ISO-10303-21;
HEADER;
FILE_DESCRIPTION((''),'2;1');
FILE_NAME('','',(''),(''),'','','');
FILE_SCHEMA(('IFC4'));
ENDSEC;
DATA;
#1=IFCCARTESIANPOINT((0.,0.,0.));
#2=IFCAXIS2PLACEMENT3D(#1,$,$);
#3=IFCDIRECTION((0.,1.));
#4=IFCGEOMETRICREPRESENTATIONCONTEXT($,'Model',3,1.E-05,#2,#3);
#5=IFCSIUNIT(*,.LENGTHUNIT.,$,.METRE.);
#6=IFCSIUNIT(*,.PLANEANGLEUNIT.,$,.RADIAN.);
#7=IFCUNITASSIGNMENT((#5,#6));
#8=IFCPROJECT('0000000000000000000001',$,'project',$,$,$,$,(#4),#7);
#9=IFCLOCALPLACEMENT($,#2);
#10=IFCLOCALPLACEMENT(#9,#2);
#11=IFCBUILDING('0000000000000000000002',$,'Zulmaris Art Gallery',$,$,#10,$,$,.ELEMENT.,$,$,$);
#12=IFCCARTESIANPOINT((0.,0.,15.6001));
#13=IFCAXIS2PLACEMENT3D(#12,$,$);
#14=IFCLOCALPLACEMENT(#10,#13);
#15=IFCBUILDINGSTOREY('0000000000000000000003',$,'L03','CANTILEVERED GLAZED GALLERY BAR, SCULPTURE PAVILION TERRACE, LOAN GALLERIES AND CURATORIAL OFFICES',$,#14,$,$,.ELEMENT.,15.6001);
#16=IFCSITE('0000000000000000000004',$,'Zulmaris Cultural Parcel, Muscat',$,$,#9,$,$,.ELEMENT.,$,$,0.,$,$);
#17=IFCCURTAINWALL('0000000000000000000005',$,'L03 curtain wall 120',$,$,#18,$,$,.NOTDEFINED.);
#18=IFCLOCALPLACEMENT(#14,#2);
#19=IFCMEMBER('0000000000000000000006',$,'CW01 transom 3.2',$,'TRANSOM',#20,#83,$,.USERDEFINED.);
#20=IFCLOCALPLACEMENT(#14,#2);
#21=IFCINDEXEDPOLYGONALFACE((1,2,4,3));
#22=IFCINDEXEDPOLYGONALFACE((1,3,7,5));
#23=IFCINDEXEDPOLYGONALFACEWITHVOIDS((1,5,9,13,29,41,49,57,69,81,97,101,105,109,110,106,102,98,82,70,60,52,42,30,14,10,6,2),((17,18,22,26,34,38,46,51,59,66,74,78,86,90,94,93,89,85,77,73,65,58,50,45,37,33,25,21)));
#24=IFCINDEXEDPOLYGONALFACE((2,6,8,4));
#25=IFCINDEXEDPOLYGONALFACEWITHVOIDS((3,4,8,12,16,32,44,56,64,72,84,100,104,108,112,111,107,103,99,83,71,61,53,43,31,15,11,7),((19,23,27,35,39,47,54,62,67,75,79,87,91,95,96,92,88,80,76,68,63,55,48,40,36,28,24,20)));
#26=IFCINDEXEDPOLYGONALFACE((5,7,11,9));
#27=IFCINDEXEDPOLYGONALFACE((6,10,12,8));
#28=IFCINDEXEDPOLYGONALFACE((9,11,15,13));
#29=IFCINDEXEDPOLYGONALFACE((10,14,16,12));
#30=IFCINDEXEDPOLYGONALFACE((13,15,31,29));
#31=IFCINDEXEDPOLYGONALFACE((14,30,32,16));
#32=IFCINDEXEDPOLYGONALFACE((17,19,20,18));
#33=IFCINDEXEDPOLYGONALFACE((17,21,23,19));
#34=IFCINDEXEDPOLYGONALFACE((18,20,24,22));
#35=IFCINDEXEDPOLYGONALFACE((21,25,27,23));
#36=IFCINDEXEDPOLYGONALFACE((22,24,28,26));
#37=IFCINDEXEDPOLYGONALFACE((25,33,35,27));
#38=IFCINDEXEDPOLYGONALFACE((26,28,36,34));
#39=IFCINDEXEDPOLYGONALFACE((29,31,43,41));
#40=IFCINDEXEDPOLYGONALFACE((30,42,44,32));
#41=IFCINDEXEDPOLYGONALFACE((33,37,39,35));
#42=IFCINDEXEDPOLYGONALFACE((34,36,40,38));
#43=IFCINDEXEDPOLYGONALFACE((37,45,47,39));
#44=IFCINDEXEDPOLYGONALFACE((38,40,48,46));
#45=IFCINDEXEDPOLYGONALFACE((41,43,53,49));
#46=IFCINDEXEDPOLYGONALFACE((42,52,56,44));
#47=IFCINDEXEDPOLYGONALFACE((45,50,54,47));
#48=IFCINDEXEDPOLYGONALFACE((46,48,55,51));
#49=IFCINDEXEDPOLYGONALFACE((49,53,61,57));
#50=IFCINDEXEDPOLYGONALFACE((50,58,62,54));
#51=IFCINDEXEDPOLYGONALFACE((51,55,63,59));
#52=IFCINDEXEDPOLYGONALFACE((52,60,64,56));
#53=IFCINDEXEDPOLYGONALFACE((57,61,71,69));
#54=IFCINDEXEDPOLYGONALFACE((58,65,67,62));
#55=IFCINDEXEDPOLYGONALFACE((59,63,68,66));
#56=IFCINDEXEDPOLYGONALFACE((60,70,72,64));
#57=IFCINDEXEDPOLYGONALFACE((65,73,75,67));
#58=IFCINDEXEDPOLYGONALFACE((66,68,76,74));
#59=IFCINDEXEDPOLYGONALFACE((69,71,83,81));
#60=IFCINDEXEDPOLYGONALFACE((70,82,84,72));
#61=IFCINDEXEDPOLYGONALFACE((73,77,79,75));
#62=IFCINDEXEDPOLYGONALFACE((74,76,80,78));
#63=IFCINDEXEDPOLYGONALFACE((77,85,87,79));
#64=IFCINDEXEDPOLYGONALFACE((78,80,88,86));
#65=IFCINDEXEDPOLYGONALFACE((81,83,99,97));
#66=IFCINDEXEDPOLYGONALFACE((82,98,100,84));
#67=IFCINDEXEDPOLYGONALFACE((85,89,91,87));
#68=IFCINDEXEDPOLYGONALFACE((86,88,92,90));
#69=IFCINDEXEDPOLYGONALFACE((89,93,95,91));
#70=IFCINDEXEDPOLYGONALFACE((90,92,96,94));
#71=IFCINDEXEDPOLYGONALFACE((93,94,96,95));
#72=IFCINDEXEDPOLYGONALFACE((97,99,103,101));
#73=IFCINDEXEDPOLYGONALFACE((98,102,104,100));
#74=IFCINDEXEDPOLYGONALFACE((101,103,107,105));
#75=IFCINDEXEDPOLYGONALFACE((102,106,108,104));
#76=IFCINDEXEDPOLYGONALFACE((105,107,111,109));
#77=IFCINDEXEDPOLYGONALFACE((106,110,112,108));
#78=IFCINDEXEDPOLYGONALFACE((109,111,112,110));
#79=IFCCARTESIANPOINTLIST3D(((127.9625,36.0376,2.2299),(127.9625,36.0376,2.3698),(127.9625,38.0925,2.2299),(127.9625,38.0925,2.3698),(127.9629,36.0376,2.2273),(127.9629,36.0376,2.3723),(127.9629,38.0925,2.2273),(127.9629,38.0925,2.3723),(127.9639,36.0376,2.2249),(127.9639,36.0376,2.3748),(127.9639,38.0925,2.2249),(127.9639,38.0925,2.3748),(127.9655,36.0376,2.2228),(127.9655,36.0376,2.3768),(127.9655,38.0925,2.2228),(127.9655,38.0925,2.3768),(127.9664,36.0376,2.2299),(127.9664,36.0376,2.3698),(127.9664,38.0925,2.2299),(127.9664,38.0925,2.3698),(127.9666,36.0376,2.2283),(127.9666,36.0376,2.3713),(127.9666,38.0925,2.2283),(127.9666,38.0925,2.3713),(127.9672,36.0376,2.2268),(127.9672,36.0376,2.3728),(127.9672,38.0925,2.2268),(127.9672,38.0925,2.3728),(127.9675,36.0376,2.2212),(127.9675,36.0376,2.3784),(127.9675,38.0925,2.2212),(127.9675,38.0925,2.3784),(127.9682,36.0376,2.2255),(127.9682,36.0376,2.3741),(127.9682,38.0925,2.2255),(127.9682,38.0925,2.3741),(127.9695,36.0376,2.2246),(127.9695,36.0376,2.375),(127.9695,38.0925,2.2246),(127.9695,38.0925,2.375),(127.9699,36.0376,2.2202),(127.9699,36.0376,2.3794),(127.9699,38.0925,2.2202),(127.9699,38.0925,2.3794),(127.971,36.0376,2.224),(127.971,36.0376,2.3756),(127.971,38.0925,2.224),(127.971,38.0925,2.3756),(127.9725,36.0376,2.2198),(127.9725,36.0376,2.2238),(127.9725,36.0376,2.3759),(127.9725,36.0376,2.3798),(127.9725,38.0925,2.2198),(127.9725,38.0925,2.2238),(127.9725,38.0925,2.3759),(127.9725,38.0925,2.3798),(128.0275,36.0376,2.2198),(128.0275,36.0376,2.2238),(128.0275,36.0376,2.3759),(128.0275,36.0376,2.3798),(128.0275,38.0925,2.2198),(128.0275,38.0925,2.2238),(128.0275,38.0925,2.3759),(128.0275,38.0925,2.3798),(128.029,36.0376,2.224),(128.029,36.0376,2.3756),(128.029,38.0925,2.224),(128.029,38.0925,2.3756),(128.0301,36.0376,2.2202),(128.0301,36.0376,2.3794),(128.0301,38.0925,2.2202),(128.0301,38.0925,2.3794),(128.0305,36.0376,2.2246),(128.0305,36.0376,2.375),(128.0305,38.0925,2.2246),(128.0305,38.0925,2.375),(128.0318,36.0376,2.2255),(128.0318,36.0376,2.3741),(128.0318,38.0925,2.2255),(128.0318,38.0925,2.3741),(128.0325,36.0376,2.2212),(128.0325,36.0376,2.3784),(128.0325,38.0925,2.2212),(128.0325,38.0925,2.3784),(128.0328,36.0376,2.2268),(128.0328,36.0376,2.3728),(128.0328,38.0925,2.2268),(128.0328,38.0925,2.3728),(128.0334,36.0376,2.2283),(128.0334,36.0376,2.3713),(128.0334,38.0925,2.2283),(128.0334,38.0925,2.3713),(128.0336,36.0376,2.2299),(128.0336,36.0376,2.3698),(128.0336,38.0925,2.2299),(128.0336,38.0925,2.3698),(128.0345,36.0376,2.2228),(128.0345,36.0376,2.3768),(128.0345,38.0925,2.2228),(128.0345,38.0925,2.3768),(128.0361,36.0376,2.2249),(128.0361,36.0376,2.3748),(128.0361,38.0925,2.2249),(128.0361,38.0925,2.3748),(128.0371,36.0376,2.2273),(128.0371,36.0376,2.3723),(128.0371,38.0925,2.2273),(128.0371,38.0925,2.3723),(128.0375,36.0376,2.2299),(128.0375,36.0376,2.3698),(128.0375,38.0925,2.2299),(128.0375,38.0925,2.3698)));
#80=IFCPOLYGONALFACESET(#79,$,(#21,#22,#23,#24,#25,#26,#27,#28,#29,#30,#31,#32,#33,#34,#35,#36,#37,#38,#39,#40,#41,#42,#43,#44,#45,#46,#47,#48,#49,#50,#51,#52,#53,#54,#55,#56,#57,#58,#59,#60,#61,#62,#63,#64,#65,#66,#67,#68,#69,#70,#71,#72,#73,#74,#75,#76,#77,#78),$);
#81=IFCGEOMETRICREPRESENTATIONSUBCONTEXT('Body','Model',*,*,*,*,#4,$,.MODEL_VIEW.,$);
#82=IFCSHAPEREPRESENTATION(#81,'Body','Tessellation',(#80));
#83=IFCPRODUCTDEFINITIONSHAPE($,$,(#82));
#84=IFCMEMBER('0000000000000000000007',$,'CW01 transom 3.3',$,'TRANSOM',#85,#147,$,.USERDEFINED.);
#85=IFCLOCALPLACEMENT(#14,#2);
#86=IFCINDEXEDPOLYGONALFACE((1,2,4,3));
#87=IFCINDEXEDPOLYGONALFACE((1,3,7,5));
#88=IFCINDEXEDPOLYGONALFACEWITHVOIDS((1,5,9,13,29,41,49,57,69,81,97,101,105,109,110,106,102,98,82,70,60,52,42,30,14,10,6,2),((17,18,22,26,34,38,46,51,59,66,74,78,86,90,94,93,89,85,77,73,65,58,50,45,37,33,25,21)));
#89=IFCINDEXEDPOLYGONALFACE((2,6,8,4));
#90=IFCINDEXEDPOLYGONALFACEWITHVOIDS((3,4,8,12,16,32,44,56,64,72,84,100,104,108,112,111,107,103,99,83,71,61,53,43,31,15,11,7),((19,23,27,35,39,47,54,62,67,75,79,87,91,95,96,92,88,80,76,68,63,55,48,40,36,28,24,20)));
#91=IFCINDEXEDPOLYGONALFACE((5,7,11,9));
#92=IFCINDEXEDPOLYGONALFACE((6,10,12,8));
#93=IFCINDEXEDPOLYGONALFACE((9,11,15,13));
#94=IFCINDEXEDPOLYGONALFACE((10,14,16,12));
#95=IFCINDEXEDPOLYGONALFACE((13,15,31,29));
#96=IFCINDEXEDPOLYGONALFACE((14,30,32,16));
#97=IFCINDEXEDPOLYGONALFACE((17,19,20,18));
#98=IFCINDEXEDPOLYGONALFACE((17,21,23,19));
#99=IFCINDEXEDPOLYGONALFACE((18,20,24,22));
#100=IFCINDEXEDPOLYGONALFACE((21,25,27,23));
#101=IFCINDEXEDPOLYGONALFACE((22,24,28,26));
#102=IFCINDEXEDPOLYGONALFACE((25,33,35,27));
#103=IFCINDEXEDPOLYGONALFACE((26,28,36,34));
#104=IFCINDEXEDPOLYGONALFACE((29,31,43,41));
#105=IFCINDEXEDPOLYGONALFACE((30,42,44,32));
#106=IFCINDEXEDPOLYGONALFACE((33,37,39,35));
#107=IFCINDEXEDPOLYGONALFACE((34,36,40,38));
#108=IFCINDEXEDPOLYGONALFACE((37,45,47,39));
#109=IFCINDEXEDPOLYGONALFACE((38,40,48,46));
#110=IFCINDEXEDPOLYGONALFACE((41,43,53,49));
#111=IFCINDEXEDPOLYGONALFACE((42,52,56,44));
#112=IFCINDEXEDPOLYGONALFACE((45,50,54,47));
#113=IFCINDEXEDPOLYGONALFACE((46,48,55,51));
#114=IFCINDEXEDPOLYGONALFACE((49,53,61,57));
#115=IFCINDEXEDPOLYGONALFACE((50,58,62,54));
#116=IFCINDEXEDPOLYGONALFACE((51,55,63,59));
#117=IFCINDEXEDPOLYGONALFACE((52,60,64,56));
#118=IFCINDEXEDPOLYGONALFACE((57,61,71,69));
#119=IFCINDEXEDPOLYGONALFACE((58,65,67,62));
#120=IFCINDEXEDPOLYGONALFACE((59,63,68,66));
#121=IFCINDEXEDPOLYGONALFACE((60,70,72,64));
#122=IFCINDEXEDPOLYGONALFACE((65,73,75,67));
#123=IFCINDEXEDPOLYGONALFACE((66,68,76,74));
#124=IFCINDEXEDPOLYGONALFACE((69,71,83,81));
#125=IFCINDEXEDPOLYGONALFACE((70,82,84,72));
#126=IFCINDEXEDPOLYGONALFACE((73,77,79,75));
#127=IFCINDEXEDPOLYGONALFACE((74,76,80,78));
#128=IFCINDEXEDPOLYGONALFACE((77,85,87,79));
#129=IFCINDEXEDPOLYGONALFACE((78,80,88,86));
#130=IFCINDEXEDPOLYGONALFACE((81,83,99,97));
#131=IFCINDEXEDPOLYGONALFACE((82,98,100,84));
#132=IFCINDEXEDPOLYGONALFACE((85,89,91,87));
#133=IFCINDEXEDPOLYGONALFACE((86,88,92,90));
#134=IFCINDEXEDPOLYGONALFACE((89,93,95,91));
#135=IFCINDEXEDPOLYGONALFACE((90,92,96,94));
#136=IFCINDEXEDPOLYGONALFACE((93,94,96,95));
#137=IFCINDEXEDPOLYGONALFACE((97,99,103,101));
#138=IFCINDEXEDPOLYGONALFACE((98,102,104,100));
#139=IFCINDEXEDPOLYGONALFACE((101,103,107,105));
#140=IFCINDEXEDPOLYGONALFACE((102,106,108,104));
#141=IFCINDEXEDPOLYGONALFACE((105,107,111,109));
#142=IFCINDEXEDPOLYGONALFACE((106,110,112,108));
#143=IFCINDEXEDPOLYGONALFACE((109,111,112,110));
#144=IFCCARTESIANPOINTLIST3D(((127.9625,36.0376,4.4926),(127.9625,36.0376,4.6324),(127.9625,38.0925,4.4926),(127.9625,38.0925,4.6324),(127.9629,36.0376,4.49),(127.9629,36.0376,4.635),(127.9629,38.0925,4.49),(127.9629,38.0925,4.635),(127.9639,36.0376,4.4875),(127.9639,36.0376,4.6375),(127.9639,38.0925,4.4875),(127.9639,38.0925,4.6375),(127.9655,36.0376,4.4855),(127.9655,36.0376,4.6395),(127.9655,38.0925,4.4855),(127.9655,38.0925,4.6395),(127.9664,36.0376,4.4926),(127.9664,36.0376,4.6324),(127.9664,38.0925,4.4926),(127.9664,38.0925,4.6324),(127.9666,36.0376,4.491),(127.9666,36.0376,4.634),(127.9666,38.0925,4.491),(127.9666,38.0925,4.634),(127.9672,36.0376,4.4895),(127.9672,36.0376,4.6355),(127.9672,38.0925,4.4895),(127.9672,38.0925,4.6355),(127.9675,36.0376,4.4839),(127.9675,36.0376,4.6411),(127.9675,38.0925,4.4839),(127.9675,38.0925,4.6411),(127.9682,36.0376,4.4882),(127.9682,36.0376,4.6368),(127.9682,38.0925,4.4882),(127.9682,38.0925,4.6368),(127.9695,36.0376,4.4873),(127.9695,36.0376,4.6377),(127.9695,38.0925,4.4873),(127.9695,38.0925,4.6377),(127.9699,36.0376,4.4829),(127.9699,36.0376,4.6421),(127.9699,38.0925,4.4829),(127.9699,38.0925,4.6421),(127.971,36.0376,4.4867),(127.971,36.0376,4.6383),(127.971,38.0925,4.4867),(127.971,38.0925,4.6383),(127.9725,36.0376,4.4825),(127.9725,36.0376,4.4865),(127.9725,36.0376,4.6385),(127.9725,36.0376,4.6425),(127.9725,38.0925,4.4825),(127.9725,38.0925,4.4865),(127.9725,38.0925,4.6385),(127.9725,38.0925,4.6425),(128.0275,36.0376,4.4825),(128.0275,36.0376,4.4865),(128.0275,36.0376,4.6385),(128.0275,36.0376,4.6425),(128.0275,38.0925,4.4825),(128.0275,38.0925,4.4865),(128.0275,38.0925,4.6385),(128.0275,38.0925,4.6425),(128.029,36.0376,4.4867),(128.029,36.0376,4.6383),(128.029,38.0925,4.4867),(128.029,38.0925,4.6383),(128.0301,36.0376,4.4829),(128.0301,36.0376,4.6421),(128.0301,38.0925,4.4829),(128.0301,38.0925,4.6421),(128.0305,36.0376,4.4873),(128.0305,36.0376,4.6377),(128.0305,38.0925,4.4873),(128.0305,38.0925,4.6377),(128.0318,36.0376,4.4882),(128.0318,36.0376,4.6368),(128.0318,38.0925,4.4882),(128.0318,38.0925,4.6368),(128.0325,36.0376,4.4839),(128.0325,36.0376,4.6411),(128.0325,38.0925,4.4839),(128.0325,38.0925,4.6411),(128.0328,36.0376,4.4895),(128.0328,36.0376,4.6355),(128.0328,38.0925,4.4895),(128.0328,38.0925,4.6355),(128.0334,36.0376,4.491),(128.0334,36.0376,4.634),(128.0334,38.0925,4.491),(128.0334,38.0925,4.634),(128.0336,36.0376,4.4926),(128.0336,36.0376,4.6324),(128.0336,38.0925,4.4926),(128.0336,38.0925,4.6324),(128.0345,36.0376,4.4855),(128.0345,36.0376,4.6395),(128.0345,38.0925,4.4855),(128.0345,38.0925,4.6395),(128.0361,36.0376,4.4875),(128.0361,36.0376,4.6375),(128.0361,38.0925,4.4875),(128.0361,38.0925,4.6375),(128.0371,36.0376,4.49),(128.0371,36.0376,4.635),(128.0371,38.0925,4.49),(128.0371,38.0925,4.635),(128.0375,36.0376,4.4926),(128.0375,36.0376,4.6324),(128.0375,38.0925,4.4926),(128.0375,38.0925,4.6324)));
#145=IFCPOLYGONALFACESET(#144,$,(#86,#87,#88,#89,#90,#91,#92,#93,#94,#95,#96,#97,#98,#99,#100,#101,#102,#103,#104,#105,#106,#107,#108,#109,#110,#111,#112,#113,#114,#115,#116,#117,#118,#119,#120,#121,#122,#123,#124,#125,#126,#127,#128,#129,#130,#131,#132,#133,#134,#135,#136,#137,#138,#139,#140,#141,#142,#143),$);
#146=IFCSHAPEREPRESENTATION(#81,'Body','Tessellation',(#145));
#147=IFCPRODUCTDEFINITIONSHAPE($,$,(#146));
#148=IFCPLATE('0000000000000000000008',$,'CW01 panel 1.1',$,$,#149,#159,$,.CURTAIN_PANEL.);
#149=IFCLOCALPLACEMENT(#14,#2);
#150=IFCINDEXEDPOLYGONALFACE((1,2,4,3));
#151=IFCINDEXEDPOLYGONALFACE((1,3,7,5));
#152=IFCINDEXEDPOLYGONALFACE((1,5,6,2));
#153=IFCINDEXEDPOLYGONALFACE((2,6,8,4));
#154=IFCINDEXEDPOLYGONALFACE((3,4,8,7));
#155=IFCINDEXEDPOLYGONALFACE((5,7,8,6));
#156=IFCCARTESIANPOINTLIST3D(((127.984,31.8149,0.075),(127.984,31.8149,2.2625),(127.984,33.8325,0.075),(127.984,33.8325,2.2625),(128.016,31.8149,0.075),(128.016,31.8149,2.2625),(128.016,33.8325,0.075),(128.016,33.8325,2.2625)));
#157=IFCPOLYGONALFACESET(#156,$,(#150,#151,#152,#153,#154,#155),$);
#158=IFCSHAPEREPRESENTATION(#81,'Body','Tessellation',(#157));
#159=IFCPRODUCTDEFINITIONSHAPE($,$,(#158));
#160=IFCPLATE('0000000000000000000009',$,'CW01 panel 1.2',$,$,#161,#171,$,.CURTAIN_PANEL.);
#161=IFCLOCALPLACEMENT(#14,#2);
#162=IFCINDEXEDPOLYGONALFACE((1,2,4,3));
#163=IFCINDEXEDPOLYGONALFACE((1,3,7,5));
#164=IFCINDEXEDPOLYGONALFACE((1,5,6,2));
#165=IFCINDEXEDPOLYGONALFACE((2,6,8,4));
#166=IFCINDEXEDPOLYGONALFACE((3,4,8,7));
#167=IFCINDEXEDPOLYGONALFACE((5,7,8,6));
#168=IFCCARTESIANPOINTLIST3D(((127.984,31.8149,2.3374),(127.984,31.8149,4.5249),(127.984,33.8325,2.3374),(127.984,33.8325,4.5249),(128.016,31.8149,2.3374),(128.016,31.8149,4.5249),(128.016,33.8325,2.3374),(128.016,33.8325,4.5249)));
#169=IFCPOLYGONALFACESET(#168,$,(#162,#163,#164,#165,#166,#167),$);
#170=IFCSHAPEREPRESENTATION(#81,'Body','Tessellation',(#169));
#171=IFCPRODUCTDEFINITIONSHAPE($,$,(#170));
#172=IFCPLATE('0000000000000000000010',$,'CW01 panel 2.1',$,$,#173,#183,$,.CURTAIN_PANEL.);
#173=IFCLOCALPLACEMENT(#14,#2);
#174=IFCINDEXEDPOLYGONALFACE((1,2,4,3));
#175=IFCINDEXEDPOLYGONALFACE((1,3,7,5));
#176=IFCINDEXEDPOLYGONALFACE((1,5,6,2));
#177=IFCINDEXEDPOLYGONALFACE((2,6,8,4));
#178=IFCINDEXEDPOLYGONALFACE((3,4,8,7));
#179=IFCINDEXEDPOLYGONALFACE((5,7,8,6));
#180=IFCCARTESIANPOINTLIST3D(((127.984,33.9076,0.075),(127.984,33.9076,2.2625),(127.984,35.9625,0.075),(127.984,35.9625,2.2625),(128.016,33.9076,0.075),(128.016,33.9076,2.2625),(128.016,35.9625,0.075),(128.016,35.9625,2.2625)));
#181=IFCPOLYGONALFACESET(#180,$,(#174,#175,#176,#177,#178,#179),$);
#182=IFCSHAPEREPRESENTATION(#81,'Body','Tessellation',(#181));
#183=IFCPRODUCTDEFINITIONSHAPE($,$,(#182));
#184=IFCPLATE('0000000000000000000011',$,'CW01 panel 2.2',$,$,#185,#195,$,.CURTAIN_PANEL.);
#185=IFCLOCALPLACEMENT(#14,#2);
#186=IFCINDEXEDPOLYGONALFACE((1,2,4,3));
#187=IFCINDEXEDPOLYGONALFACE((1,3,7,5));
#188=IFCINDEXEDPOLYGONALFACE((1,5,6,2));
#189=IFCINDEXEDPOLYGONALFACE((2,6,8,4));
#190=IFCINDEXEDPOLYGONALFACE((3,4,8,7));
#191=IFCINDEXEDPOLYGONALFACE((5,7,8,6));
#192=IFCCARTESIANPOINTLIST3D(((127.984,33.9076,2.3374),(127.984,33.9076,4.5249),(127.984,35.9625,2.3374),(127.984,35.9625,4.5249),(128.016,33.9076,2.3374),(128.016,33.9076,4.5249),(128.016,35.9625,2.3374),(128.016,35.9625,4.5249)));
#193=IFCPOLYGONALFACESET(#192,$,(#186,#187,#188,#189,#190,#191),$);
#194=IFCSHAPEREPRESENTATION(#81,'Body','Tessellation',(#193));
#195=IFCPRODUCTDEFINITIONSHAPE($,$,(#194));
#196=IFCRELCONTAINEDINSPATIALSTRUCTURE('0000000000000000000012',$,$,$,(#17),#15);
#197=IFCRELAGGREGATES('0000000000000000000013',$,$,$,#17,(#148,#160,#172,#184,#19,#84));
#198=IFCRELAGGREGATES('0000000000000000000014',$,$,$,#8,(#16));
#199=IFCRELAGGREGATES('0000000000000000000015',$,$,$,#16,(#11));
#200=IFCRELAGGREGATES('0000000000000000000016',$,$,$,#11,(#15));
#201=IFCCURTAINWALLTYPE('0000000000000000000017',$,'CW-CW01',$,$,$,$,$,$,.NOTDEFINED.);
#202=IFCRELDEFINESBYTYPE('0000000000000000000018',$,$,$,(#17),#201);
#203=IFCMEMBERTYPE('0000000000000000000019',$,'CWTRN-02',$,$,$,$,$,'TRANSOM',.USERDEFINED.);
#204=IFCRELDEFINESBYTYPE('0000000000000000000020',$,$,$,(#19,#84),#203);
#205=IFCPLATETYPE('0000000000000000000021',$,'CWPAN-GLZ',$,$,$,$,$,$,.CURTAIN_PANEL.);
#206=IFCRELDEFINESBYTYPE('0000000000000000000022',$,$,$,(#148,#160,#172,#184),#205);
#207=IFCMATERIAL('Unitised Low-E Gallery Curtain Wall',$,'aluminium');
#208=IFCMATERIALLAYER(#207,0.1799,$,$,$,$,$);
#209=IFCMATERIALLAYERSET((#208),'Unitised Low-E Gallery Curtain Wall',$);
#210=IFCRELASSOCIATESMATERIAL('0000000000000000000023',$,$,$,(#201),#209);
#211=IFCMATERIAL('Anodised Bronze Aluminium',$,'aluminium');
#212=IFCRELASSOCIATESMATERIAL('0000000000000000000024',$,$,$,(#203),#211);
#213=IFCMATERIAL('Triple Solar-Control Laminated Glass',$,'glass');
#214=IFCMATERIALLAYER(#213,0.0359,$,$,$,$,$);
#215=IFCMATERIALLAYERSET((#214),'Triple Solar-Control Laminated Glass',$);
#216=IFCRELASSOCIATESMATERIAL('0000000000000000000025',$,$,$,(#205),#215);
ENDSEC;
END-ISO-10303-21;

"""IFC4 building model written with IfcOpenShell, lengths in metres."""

from ifc_helpers import new_model, si_unit, direction, frame, origin, origin_2d, place, context, subcontext, project, spatial, rectangle, hollow_rectangle, extrude, material, layer, layer_set, material_profile, profile_set, type_object, element, aggregate, save


model = new_model("IFC4")

# Units and contexts
model_context = context("Model", 3, precision=1e-05, world=origin(), true_north=direction((0.0, 1.0)))
body_context = subcontext(model_context, "Body", "Model", "MODEL_VIEW")
ifc_project = project(units=[si_unit("LENGTHUNIT", "METRE"), si_unit("PLANEANGLEUNIT", "RADIAN")], contexts=[model_context])

# Site, building, storey
site_placement = place(None, origin())
site = spatial("IfcSite", under=ifc_project, at=site_placement, Name="Zulmaris Cultural Parcel, Muscat", CompositionType="ELEMENT", RefElevation=0.0)
building_placement = place(site_placement, origin())
building = spatial("IfcBuilding", under=site, at=building_placement, Name="Zulmaris Art Gallery", CompositionType="ELEMENT")
storey_placement = place(building_placement, frame((0.0, 0.0, 15.6001)))
storey = spatial("IfcBuildingStorey", under=building, at=storey_placement, Name="L03", Description="CANTILEVERED GLAZED GALLERY BAR, SCULPTURE PAVILION TERRACE, LOAN GALLERIES AND CURATORIAL OFFICES", CompositionType="ELEMENT", Elevation=15.6001)

# Curtain wall, members, plates
ifc_material_1 = material(Name="Unitised Low-E Gallery Curtain Wall", Category="aluminium")
ifc_layer_1 = layer(ifc_material_1, 0.1799)
ifc_layer_set_1 = layer_set([ifc_layer_1], Name="Unitised Low-E Gallery Curtain Wall")
curtain_wall_type = type_object("IfcCurtainWallType", Name="CW-CW01", PredefinedType="NOTDEFINED", material=ifc_layer_set_1)
curtain_wall_placement = place(storey_placement, origin())
curtain_wall = element("IfcCurtainWall", 1, at=curtain_wall_placement, inside=storey, type_object=curtain_wall_type, Name="L03 curtain wall 120", PredefinedType="NOTDEFINED")
ifc_material_2 = material(Name="Anodised Bronze Aluminium", Category="aluminium")
ifc_material_profile_1 = material_profile(ifc_material_2, hollow_rectangle(XDim=0.075, YDim=0.1599, WallThickness=0.0039, InnerFilletRadius=0.0061, OuterFilletRadius=0.01, at=origin_2d()), Name="ALU 75x160x4")
ifc_profile_set_1 = profile_set([ifc_material_profile_1], Name="Anodised Bronze Aluminium")
member_type_1 = type_object("IfcMemberType", Name="CWTRN-02", ElementType="TRANSOM", PredefinedType="USERDEFINED", material=ifc_profile_set_1)
member_1_placement = place(storey_placement, frame((128.0, 36.0376, 2.2998), z_axis=(0.0, 1.0, 0.0), x_axis=(-1.0, 0.0, 0.0)))
member_1 = element("IfcMember", 2, at=member_1_placement, type_object=member_type_1, Name="CW01 transom 3.2", ObjectType="TRANSOM", PredefinedType="USERDEFINED", context=body_context, shape_type="SweptSolid", body=[
    extrude(hollow_rectangle(XDim=0.075, YDim=0.1599, WallThickness=0.0039, InnerFilletRadius=0.0061, OuterFilletRadius=0.01, at=origin_2d()), origin(), (0.0, 0.0, 1.0), 2.0549),
])
member_2_placement = place(storey_placement, frame((128.0, 36.0376, 4.5625), z_axis=(0.0, 1.0, 0.0), x_axis=(-1.0, 0.0, 0.0)))
member_2 = element("IfcMember", 3, at=member_2_placement, type_object=member_type_1, Name="CW01 transom 3.3", ObjectType="TRANSOM", PredefinedType="USERDEFINED", context=body_context, shape_type="SweptSolid", body=[
    extrude(hollow_rectangle(XDim=0.075, YDim=0.1599, WallThickness=0.0039, InnerFilletRadius=0.0061, OuterFilletRadius=0.01, at=origin_2d()), origin(), (0.0, 0.0, 1.0), 2.0549),
])
ifc_material_3 = material(Name="Triple Solar-Control Laminated Glass", Category="glass")
ifc_layer_2 = layer(ifc_material_3, 0.0359)
ifc_layer_set_2 = layer_set([ifc_layer_2], Name="Triple Solar-Control Laminated Glass")
plate_type = type_object("IfcPlateType", Name="CWPAN-GLZ", PredefinedType="CURTAIN_PANEL", material=ifc_layer_set_2)
plate_1_placement = place(storey_placement, frame((128.0, 32.8237, 0.075), z_axis=(0.0, 0.0, 1.0), x_axis=(0.0, 1.0, 0.0)))
plate_1 = element("IfcPlate", 4, at=plate_1_placement, type_object=plate_type, Name="CW01 panel 1.1", PredefinedType="CURTAIN_PANEL", context=body_context, shape_type="SweptSolid", body=[
    extrude(rectangle(XDim=2.0176, YDim=0.032, at=origin_2d()), origin(), (0.0, 0.0, 1.0), 2.1875),
])
plate_2_placement = place(storey_placement, frame((128.0, 32.8237, 2.3374), z_axis=(0.0, 0.0, 1.0), x_axis=(0.0, 1.0, 0.0)))
plate_2 = element("IfcPlate", 5, at=plate_2_placement, type_object=plate_type, Name="CW01 panel 1.2", PredefinedType="CURTAIN_PANEL", context=body_context, shape_type="SweptSolid", body=[
    extrude(rectangle(XDim=2.0176, YDim=0.032, at=origin_2d()), origin(), (0.0, 0.0, 1.0), 2.1875),
])
plate_3_placement = place(storey_placement, frame((128.0, 34.9351, 0.075), z_axis=(0.0, 0.0, 1.0), x_axis=(0.0, 1.0, 0.0)))
plate_3 = element("IfcPlate", 6, at=plate_3_placement, type_object=plate_type, Name="CW01 panel 2.1", PredefinedType="CURTAIN_PANEL", context=body_context, shape_type="SweptSolid", body=[
    extrude(rectangle(XDim=2.0549, YDim=0.032, at=origin_2d()), origin(), (0.0, 0.0, 1.0), 2.1875),
])
plate_4_placement = place(storey_placement, frame((128.0, 34.9351, 2.3374), z_axis=(0.0, 0.0, 1.0), x_axis=(0.0, 1.0, 0.0)))
plate_4 = element("IfcPlate", 7, at=plate_4_placement, type_object=plate_type, Name="CW01 panel 2.2", PredefinedType="CURTAIN_PANEL", context=body_context, shape_type="SweptSolid", body=[
    extrude(rectangle(XDim=2.0549, YDim=0.032, at=origin_2d()), origin(), (0.0, 0.0, 1.0), 2.1875),
])
aggregate(curtain_wall, [plate_1, plate_2, plate_3, plate_4, member_1, member_2])

save(model, "model.ifc")
